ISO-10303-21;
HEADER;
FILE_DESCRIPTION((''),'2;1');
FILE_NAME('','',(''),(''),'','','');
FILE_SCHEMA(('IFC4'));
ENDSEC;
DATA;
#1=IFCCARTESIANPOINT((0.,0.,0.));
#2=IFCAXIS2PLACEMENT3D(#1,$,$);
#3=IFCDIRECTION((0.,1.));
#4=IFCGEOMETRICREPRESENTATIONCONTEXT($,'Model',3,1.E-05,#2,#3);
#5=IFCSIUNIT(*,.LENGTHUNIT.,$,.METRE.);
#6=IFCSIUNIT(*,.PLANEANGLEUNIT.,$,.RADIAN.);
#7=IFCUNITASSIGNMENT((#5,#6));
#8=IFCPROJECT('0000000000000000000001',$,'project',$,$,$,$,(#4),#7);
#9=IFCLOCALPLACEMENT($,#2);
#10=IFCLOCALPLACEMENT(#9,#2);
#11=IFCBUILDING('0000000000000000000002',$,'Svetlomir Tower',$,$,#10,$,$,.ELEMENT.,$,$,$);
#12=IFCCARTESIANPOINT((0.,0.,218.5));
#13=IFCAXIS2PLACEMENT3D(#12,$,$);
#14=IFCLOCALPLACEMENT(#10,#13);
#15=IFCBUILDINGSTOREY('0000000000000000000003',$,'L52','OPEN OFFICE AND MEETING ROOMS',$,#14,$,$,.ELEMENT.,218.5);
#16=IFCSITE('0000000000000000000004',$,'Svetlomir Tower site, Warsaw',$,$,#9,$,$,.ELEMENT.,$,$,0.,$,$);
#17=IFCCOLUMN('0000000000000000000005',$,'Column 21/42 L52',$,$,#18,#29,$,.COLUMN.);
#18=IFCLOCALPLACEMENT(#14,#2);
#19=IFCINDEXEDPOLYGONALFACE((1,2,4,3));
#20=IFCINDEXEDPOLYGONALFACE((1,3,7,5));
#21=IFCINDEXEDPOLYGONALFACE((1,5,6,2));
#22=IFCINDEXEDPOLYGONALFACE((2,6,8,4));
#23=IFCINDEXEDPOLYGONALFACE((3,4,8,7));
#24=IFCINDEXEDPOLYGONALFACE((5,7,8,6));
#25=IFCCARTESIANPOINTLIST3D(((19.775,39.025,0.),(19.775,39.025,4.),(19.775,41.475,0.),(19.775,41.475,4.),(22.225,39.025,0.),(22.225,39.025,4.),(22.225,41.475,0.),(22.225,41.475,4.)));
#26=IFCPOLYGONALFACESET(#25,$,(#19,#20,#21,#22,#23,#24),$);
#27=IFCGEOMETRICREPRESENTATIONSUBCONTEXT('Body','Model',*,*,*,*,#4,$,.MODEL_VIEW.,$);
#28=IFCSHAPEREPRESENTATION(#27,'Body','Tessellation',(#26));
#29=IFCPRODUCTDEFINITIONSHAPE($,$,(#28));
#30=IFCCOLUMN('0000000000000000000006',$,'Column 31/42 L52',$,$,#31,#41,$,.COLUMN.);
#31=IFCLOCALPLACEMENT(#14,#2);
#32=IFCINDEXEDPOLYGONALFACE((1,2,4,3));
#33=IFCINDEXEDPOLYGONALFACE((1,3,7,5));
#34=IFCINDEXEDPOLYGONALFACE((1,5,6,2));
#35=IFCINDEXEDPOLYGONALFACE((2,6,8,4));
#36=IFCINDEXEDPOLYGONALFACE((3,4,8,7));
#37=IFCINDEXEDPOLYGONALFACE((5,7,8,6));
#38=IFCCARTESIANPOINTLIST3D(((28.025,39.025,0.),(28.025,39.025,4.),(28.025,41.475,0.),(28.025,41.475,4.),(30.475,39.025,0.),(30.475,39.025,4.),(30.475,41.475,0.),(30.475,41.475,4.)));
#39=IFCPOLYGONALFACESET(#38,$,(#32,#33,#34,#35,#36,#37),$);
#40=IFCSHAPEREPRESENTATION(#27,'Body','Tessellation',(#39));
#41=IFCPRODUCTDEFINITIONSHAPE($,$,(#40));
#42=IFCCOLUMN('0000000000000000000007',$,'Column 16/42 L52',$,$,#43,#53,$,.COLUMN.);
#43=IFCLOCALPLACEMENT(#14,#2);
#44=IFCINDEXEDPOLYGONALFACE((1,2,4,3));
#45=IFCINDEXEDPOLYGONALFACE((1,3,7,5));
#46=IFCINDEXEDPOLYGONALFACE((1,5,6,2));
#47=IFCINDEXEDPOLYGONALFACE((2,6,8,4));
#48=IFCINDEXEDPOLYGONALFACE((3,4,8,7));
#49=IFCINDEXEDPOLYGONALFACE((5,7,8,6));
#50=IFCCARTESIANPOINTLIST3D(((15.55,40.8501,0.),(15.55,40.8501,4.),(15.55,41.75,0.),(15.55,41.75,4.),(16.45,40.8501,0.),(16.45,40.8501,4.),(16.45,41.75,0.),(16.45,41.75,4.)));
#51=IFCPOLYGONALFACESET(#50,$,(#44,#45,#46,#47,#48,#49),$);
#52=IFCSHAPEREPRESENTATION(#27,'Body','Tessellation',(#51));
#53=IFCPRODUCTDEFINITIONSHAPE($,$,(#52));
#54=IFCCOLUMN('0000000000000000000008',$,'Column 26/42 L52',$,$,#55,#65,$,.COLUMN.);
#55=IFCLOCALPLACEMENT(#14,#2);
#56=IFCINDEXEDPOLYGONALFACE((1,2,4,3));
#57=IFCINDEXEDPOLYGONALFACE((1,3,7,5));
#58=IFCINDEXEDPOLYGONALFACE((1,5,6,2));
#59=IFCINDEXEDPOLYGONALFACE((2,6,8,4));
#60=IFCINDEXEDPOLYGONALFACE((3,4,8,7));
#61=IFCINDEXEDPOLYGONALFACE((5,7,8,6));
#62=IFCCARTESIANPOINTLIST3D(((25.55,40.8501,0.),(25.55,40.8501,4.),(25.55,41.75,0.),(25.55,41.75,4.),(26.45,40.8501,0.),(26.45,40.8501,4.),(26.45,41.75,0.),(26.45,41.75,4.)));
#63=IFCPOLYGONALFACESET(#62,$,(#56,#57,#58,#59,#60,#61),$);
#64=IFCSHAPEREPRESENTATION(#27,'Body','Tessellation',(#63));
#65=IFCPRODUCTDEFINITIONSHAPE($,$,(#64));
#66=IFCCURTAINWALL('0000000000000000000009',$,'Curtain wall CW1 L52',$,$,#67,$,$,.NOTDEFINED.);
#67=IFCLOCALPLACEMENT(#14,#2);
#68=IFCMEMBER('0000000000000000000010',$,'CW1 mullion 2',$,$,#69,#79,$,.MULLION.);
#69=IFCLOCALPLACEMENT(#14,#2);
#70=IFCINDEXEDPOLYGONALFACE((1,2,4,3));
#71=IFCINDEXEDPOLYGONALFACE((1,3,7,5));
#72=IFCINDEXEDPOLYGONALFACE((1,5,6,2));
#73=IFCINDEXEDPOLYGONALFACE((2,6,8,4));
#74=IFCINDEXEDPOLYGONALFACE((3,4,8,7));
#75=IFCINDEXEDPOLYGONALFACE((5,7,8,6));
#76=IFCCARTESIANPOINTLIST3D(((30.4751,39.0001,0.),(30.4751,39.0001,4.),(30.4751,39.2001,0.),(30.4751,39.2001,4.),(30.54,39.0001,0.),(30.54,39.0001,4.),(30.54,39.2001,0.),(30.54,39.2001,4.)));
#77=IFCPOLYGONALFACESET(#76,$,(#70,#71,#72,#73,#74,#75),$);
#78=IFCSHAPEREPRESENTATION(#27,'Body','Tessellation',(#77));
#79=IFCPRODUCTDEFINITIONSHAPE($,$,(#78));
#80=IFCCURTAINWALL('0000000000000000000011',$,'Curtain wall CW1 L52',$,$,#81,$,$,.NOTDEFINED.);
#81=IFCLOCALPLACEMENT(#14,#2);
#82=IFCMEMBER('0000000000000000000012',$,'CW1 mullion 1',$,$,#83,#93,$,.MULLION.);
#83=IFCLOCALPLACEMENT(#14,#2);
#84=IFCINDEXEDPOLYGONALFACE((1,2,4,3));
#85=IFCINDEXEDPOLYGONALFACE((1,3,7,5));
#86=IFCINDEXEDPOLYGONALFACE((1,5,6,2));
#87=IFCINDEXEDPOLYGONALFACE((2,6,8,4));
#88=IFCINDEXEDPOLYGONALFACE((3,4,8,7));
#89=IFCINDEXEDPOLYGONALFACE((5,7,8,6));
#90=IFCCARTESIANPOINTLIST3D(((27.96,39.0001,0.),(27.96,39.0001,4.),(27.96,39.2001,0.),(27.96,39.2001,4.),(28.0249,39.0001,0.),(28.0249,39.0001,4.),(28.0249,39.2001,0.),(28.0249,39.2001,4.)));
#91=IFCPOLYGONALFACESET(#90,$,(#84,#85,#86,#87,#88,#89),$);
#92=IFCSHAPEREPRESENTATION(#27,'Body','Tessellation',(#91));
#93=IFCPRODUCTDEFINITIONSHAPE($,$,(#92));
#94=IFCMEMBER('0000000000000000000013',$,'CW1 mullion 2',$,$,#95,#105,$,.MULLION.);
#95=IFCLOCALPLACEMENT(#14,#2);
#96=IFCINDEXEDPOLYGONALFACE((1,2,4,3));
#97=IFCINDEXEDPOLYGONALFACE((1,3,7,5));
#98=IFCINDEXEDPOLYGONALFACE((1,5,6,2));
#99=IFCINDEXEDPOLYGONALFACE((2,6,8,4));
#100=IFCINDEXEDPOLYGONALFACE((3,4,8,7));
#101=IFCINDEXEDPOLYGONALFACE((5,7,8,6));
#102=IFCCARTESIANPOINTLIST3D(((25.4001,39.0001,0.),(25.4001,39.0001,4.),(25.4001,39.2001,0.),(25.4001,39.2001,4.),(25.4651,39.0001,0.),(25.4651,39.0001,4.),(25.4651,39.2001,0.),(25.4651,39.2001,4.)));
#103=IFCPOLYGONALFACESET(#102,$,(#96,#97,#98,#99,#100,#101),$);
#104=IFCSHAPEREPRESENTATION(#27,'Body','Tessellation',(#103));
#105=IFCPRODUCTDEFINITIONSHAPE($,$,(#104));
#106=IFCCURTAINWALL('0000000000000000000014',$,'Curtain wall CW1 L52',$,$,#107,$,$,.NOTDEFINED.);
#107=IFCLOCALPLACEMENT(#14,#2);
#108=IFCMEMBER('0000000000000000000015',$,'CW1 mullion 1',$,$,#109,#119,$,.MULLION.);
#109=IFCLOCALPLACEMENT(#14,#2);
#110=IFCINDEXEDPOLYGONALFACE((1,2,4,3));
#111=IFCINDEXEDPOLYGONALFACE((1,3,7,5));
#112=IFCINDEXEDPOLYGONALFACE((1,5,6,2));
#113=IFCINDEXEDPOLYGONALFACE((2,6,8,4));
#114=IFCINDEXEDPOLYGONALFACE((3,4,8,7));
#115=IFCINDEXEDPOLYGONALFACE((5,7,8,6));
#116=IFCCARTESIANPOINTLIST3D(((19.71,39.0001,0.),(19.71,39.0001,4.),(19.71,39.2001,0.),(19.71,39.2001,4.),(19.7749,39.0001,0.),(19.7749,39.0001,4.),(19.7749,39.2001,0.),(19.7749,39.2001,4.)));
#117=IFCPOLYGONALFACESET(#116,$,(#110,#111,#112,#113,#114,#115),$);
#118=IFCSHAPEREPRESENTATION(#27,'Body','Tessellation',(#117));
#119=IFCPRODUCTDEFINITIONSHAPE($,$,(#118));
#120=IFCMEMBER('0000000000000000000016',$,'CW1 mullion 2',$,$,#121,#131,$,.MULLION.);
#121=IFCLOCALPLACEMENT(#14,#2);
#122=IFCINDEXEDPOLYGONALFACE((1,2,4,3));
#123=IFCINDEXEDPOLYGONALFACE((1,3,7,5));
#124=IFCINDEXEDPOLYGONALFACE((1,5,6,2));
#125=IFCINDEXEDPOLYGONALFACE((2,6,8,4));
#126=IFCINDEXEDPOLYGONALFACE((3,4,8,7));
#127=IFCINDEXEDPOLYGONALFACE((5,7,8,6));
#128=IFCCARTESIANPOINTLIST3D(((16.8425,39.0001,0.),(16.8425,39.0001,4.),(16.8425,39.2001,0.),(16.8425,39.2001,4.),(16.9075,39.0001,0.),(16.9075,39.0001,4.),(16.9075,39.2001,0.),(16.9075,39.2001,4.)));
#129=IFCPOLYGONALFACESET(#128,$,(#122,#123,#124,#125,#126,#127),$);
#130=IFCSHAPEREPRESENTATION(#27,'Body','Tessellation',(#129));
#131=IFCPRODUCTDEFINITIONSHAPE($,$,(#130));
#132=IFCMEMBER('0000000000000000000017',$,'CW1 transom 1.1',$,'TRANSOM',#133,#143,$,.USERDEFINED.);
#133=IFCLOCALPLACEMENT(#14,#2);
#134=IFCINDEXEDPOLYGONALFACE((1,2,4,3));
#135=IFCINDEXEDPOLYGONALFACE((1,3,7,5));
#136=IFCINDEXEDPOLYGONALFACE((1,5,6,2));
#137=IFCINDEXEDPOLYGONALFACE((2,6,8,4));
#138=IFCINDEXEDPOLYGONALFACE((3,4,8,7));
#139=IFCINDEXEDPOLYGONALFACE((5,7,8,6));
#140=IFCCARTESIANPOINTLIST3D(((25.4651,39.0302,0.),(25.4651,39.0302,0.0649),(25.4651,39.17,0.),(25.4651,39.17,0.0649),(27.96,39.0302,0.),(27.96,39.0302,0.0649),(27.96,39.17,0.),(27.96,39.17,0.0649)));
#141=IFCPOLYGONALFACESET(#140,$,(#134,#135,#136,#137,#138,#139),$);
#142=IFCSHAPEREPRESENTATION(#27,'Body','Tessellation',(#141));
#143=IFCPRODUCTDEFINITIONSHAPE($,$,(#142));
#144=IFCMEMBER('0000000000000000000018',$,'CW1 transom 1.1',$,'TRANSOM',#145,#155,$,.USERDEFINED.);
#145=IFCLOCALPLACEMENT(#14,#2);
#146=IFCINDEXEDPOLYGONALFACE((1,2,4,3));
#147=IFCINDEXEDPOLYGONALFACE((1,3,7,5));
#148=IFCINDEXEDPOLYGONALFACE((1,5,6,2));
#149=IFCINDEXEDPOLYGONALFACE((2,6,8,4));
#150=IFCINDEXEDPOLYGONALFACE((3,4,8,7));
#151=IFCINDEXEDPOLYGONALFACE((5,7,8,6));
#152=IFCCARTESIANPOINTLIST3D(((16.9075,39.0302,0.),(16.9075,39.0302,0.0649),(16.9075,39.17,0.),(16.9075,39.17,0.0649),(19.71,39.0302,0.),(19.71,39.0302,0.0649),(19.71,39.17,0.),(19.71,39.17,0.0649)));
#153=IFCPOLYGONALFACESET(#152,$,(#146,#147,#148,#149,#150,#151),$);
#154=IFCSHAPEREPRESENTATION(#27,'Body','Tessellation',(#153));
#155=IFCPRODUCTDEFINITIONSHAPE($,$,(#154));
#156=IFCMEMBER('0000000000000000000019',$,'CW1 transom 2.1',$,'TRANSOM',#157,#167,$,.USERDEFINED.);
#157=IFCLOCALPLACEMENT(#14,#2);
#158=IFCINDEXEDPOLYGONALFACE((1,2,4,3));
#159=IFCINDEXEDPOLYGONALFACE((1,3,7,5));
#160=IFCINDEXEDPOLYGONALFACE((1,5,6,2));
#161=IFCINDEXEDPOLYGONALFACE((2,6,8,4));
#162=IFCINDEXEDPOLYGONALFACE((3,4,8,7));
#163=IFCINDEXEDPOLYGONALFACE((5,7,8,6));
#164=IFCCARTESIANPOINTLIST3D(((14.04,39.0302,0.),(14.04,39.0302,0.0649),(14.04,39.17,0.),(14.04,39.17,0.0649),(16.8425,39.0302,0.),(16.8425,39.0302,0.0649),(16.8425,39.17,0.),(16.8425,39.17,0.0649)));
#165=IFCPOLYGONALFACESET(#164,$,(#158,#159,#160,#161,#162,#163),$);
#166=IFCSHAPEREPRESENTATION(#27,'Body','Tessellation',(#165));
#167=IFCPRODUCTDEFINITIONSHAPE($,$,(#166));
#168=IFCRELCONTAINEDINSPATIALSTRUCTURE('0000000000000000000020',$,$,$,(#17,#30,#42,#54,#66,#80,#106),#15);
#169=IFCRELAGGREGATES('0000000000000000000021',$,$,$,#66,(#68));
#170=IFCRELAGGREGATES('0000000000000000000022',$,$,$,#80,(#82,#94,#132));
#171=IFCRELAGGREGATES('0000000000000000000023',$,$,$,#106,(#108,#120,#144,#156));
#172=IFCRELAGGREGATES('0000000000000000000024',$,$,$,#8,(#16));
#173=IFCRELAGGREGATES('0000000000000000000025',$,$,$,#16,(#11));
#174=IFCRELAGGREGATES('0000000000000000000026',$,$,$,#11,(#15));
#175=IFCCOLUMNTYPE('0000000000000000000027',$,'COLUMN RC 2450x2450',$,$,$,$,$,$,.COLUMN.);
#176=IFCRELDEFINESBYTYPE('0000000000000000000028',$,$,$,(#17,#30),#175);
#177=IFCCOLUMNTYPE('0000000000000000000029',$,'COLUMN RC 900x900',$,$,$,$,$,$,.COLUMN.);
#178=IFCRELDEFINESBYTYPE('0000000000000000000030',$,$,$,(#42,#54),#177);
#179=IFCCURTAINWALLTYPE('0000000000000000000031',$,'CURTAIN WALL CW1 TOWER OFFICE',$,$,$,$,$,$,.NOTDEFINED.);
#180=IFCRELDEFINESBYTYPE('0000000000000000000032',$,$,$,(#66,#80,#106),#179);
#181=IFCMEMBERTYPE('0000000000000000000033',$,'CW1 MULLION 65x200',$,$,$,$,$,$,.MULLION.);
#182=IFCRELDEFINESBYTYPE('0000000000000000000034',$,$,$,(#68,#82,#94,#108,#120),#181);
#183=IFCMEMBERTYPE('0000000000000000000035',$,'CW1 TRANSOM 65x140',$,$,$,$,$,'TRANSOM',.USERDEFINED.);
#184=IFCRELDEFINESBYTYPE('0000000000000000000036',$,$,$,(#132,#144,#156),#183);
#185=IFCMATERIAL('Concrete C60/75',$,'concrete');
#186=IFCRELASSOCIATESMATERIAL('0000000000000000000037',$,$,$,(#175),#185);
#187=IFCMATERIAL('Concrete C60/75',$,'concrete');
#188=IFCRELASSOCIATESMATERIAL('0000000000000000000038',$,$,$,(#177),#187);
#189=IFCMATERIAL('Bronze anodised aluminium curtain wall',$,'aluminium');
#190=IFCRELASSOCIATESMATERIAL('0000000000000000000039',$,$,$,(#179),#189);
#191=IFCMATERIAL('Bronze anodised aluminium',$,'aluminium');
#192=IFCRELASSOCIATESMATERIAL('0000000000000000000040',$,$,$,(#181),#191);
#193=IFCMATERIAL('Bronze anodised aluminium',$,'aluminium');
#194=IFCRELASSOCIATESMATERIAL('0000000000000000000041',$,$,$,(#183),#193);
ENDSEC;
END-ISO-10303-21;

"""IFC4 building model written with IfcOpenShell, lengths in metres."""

from ifc_helpers import new_model, si_unit, direction, frame, origin, origin_2d, place, context, subcontext, project, spatial, rectangle, extrude, material, material_profile, profile_set, type_object, element, aggregate, save


model = new_model("IFC4")

# Units and contexts
model_context = context("Model", 3, precision=1e-05, world=origin(), true_north=direction((0.0, 1.0)))
body_context = subcontext(model_context, "Body", "Model", "MODEL_VIEW")
ifc_project = project(units=[si_unit("LENGTHUNIT", "METRE"), si_unit("PLANEANGLEUNIT", "RADIAN")], contexts=[model_context])

# Site, building, storey
site_placement = place(None, origin())
site = spatial("IfcSite", under=ifc_project, at=site_placement, Name="Svetlomir Tower site, Warsaw", CompositionType="ELEMENT", RefElevation=0.0)
building_placement = place(site_placement, origin())
building = spatial("IfcBuilding", under=site, at=building_placement, Name="Svetlomir Tower", CompositionType="ELEMENT")
storey_placement = place(building_placement, frame((0.0, 0.0, 218.5)))
storey = spatial("IfcBuildingStorey", under=building, at=storey_placement, Name="L52", Description="OPEN OFFICE AND MEETING ROOMS", CompositionType="ELEMENT", Elevation=218.5)

# Columns
ifc_material_1 = material(Name="Concrete C60/75", Category="concrete")
ifc_material_profile_1 = material_profile(ifc_material_1, rectangle(XDim=2.45, YDim=2.45, at=origin_2d()), Name="RC 2450x2450")
ifc_profile_set_1 = profile_set([ifc_material_profile_1], Name="Concrete C60/75")
column_type_1 = type_object("IfcColumnType", Name="COLUMN RC 2450x2450", PredefinedType="COLUMN", material=ifc_profile_set_1)
for number, where, z_axis, x_axis, name in (
    (1, (21.0, 40.25, 0.0), (0.0, 0.0, 1.0), (1.0, 0.0, 0.0), "Column 21/42 L52"),
    (2, (29.25, 40.25, 0.0), (0.0, 0.0, 1.0), (1.0, 0.0, 0.0), "Column 31/42 L52"),
):
    element("IfcColumn", number, at=place(storey_placement, frame(where, z_axis=z_axis, x_axis=x_axis)), inside=storey, type_object=column_type_1, Name=name, PredefinedType="COLUMN", context=body_context, shape_type="SweptSolid", body=[
        extrude(rectangle(XDim=2.45, YDim=2.45, at=origin_2d()), origin(), (0.0, 0.0, 1.0), 4.0),
    ])
ifc_material_2 = material(Name="Concrete C60/75", Category="concrete")
ifc_material_profile_2 = material_profile(ifc_material_2, rectangle(XDim=0.8999, YDim=0.8999, at=origin_2d()), Name="RC 900x900")
ifc_profile_set_2 = profile_set([ifc_material_profile_2], Name="Concrete C60/75")
column_type_2 = type_object("IfcColumnType", Name="COLUMN RC 900x900", PredefinedType="COLUMN", material=ifc_profile_set_2)
for number, where, z_axis, x_axis, name in (
    (3, (16.0, 41.3, 0.0), (0.0, 0.0, 1.0), (1.0, 0.0, 0.0), "Column 16/42 L52"),
    (4, (26.0, 41.3, 0.0), (0.0, 0.0, 1.0), (1.0, 0.0, 0.0), "Column 26/42 L52"),
):
    element("IfcColumn", number, at=place(storey_placement, frame(where, z_axis=z_axis, x_axis=x_axis)), inside=storey, type_object=column_type_2, Name=name, PredefinedType="COLUMN", context=body_context, shape_type="SweptSolid", body=[
        extrude(rectangle(XDim=0.8999, YDim=0.8999, at=origin_2d()), origin(), (0.0, 0.0, 1.0), 4.0),
    ])

# Curtain wall, member
ifc_material_3 = material(Name="Bronze anodised aluminium curtain wall", Category="aluminium")
curtain_wall_type = type_object("IfcCurtainWallType", Name="CURTAIN WALL CW1 TOWER OFFICE", PredefinedType="NOTDEFINED", material=ifc_material_3)
curtain_wall_1_placement = place(storey_placement, origin())
curtain_wall_1 = element("IfcCurtainWall", 5, at=curtain_wall_1_placement, inside=storey, type_object=curtain_wall_type, Name="Curtain wall CW1 L52", PredefinedType="NOTDEFINED")
ifc_material_4 = material(Name="Bronze anodised aluminium", Category="aluminium")
ifc_material_profile_3 = material_profile(ifc_material_4, rectangle(XDim=0.0649, YDim=0.2, at=origin_2d()), Name="AL 65x200")
ifc_profile_set_3 = profile_set([ifc_material_profile_3], Name="Bronze anodised aluminium 6063-T6")
member_type_1 = type_object("IfcMemberType", Name="CW1 MULLION 65x200", PredefinedType="MULLION", material=ifc_profile_set_3)
member_1_placement = place(storey_placement, frame((30.5076, 39.1001, 0.0), z_axis=(0.0, 0.0, 1.0), x_axis=(-1.0, 0.0, 0.0)))
member_1 = element("IfcMember", 6, at=member_1_placement, type_object=member_type_1, Name="CW1 mullion 2", PredefinedType="MULLION", context=body_context, shape_type="SweptSolid", body=[
    extrude(rectangle(XDim=0.0649, YDim=0.2, at=origin_2d()), origin(), (0.0, 0.0, 1.0), 4.0),
])
aggregate(curtain_wall_1, [member_1])

# Curtain walls, members
curtain_wall_2_placement = place(storey_placement, origin())
curtain_wall_2 = element("IfcCurtainWall", 7, at=curtain_wall_2_placement, inside=storey, type_object=curtain_wall_type, Name="Curtain wall CW1 L52", PredefinedType="NOTDEFINED")
member_2_placement = place(storey_placement, frame((27.9924, 39.1001, 0.0), z_axis=(0.0, 0.0, 1.0), x_axis=(-1.0, 0.0, 0.0)))
member_2 = element("IfcMember", 8, at=member_2_placement, type_object=member_type_1, Name="CW1 mullion 1", PredefinedType="MULLION", context=body_context, shape_type="SweptSolid", body=[
    extrude(rectangle(XDim=0.0649, YDim=0.2, at=origin_2d()), origin(), (0.0, 0.0, 1.0), 4.0),
])
member_3_placement = place(storey_placement, frame((25.4326, 39.1001, 0.0), z_axis=(0.0, 0.0, 1.0), x_axis=(-1.0, 0.0, 0.0)))
member_3 = element("IfcMember", 9, at=member_3_placement, type_object=member_type_1, Name="CW1 mullion 2", PredefinedType="MULLION", context=body_context, shape_type="SweptSolid", body=[
    extrude(rectangle(XDim=0.0649, YDim=0.2, at=origin_2d()), origin(), (0.0, 0.0, 1.0), 4.0),
])
curtain_wall_3_placement = place(storey_placement, origin())
curtain_wall_3 = element("IfcCurtainWall", 10, at=curtain_wall_3_placement, inside=storey, type_object=curtain_wall_type, Name="Curtain wall CW1 L52", PredefinedType="NOTDEFINED")
member_4_placement = place(storey_placement, frame((19.7424, 39.1001, 0.0), z_axis=(0.0, 0.0, 1.0), x_axis=(-1.0, 0.0, 0.0)))
member_4 = element("IfcMember", 11, at=member_4_placement, type_object=member_type_1, Name="CW1 mullion 1", PredefinedType="MULLION", context=body_context, shape_type="SweptSolid", body=[
    extrude(rectangle(XDim=0.0649, YDim=0.2, at=origin_2d()), origin(), (0.0, 0.0, 1.0), 4.0),
])
member_5_placement = place(storey_placement, frame((16.875, 39.1001, 0.0), z_axis=(0.0, 0.0, 1.0), x_axis=(-1.0, 0.0, 0.0)))
member_5 = element("IfcMember", 12, at=member_5_placement, type_object=member_type_1, Name="CW1 mullion 2", PredefinedType="MULLION", context=body_context, shape_type="SweptSolid", body=[
    extrude(rectangle(XDim=0.0649, YDim=0.2, at=origin_2d()), origin(), (0.0, 0.0, 1.0), 4.0),
])

# Members
ifc_material_5 = material(Name="Bronze anodised aluminium", Category="aluminium")
ifc_material_profile_4 = material_profile(ifc_material_5, rectangle(XDim=0.1399, YDim=0.0649, at=origin_2d()), Name="AL 140x65")
ifc_profile_set_4 = profile_set([ifc_material_profile_4], Name="Bronze anodised aluminium 6063-T6")
member_type_2 = type_object("IfcMemberType", Name="CW1 TRANSOM 65x140", ElementType="TRANSOM", PredefinedType="USERDEFINED", material=ifc_profile_set_4)
member_6_placement = place(storey_placement, frame((27.96, 39.1001, 0.0325), z_axis=(-1.0, 0.0, 0.0), x_axis=(0.0, -1.0, 0.0)))
member_6 = element("IfcMember", 13, at=member_6_placement, type_object=member_type_2, Name="CW1 transom 1.1", ObjectType="TRANSOM", PredefinedType="USERDEFINED", context=body_context, shape_type="SweptSolid", body=[
    extrude(rectangle(XDim=0.1399, YDim=0.0649, at=origin_2d()), origin(), (0.0, 0.0, 1.0), 2.4949),
])
member_7_placement = place(storey_placement, frame((19.71, 39.1001, 0.0325), z_axis=(-1.0, 0.0, 0.0), x_axis=(0.0, -1.0, 0.0)))
member_7 = element("IfcMember", 14, at=member_7_placement, type_object=member_type_2, Name="CW1 transom 1.1", ObjectType="TRANSOM", PredefinedType="USERDEFINED", context=body_context, shape_type="SweptSolid", body=[
    extrude(rectangle(XDim=0.1399, YDim=0.0649, at=origin_2d()), origin(), (0.0, 0.0, 1.0), 2.8025),
])
member_8_placement = place(storey_placement, frame((16.8425, 39.1001, 0.0325), z_axis=(-1.0, 0.0, 0.0), x_axis=(0.0, -1.0, 0.0)))
member_8 = element("IfcMember", 15, at=member_8_placement, type_object=member_type_2, Name="CW1 transom 2.1", ObjectType="TRANSOM", PredefinedType="USERDEFINED", context=body_context, shape_type="SweptSolid", body=[
    extrude(rectangle(XDim=0.1399, YDim=0.0649, at=origin_2d()), origin(), (0.0, 0.0, 1.0), 2.8025),
])

aggregate(curtain_wall_2, [member_2, member_3, member_6])
aggregate(curtain_wall_3, [member_4, member_5, member_7, member_8])

save(model, "model.ifc")
